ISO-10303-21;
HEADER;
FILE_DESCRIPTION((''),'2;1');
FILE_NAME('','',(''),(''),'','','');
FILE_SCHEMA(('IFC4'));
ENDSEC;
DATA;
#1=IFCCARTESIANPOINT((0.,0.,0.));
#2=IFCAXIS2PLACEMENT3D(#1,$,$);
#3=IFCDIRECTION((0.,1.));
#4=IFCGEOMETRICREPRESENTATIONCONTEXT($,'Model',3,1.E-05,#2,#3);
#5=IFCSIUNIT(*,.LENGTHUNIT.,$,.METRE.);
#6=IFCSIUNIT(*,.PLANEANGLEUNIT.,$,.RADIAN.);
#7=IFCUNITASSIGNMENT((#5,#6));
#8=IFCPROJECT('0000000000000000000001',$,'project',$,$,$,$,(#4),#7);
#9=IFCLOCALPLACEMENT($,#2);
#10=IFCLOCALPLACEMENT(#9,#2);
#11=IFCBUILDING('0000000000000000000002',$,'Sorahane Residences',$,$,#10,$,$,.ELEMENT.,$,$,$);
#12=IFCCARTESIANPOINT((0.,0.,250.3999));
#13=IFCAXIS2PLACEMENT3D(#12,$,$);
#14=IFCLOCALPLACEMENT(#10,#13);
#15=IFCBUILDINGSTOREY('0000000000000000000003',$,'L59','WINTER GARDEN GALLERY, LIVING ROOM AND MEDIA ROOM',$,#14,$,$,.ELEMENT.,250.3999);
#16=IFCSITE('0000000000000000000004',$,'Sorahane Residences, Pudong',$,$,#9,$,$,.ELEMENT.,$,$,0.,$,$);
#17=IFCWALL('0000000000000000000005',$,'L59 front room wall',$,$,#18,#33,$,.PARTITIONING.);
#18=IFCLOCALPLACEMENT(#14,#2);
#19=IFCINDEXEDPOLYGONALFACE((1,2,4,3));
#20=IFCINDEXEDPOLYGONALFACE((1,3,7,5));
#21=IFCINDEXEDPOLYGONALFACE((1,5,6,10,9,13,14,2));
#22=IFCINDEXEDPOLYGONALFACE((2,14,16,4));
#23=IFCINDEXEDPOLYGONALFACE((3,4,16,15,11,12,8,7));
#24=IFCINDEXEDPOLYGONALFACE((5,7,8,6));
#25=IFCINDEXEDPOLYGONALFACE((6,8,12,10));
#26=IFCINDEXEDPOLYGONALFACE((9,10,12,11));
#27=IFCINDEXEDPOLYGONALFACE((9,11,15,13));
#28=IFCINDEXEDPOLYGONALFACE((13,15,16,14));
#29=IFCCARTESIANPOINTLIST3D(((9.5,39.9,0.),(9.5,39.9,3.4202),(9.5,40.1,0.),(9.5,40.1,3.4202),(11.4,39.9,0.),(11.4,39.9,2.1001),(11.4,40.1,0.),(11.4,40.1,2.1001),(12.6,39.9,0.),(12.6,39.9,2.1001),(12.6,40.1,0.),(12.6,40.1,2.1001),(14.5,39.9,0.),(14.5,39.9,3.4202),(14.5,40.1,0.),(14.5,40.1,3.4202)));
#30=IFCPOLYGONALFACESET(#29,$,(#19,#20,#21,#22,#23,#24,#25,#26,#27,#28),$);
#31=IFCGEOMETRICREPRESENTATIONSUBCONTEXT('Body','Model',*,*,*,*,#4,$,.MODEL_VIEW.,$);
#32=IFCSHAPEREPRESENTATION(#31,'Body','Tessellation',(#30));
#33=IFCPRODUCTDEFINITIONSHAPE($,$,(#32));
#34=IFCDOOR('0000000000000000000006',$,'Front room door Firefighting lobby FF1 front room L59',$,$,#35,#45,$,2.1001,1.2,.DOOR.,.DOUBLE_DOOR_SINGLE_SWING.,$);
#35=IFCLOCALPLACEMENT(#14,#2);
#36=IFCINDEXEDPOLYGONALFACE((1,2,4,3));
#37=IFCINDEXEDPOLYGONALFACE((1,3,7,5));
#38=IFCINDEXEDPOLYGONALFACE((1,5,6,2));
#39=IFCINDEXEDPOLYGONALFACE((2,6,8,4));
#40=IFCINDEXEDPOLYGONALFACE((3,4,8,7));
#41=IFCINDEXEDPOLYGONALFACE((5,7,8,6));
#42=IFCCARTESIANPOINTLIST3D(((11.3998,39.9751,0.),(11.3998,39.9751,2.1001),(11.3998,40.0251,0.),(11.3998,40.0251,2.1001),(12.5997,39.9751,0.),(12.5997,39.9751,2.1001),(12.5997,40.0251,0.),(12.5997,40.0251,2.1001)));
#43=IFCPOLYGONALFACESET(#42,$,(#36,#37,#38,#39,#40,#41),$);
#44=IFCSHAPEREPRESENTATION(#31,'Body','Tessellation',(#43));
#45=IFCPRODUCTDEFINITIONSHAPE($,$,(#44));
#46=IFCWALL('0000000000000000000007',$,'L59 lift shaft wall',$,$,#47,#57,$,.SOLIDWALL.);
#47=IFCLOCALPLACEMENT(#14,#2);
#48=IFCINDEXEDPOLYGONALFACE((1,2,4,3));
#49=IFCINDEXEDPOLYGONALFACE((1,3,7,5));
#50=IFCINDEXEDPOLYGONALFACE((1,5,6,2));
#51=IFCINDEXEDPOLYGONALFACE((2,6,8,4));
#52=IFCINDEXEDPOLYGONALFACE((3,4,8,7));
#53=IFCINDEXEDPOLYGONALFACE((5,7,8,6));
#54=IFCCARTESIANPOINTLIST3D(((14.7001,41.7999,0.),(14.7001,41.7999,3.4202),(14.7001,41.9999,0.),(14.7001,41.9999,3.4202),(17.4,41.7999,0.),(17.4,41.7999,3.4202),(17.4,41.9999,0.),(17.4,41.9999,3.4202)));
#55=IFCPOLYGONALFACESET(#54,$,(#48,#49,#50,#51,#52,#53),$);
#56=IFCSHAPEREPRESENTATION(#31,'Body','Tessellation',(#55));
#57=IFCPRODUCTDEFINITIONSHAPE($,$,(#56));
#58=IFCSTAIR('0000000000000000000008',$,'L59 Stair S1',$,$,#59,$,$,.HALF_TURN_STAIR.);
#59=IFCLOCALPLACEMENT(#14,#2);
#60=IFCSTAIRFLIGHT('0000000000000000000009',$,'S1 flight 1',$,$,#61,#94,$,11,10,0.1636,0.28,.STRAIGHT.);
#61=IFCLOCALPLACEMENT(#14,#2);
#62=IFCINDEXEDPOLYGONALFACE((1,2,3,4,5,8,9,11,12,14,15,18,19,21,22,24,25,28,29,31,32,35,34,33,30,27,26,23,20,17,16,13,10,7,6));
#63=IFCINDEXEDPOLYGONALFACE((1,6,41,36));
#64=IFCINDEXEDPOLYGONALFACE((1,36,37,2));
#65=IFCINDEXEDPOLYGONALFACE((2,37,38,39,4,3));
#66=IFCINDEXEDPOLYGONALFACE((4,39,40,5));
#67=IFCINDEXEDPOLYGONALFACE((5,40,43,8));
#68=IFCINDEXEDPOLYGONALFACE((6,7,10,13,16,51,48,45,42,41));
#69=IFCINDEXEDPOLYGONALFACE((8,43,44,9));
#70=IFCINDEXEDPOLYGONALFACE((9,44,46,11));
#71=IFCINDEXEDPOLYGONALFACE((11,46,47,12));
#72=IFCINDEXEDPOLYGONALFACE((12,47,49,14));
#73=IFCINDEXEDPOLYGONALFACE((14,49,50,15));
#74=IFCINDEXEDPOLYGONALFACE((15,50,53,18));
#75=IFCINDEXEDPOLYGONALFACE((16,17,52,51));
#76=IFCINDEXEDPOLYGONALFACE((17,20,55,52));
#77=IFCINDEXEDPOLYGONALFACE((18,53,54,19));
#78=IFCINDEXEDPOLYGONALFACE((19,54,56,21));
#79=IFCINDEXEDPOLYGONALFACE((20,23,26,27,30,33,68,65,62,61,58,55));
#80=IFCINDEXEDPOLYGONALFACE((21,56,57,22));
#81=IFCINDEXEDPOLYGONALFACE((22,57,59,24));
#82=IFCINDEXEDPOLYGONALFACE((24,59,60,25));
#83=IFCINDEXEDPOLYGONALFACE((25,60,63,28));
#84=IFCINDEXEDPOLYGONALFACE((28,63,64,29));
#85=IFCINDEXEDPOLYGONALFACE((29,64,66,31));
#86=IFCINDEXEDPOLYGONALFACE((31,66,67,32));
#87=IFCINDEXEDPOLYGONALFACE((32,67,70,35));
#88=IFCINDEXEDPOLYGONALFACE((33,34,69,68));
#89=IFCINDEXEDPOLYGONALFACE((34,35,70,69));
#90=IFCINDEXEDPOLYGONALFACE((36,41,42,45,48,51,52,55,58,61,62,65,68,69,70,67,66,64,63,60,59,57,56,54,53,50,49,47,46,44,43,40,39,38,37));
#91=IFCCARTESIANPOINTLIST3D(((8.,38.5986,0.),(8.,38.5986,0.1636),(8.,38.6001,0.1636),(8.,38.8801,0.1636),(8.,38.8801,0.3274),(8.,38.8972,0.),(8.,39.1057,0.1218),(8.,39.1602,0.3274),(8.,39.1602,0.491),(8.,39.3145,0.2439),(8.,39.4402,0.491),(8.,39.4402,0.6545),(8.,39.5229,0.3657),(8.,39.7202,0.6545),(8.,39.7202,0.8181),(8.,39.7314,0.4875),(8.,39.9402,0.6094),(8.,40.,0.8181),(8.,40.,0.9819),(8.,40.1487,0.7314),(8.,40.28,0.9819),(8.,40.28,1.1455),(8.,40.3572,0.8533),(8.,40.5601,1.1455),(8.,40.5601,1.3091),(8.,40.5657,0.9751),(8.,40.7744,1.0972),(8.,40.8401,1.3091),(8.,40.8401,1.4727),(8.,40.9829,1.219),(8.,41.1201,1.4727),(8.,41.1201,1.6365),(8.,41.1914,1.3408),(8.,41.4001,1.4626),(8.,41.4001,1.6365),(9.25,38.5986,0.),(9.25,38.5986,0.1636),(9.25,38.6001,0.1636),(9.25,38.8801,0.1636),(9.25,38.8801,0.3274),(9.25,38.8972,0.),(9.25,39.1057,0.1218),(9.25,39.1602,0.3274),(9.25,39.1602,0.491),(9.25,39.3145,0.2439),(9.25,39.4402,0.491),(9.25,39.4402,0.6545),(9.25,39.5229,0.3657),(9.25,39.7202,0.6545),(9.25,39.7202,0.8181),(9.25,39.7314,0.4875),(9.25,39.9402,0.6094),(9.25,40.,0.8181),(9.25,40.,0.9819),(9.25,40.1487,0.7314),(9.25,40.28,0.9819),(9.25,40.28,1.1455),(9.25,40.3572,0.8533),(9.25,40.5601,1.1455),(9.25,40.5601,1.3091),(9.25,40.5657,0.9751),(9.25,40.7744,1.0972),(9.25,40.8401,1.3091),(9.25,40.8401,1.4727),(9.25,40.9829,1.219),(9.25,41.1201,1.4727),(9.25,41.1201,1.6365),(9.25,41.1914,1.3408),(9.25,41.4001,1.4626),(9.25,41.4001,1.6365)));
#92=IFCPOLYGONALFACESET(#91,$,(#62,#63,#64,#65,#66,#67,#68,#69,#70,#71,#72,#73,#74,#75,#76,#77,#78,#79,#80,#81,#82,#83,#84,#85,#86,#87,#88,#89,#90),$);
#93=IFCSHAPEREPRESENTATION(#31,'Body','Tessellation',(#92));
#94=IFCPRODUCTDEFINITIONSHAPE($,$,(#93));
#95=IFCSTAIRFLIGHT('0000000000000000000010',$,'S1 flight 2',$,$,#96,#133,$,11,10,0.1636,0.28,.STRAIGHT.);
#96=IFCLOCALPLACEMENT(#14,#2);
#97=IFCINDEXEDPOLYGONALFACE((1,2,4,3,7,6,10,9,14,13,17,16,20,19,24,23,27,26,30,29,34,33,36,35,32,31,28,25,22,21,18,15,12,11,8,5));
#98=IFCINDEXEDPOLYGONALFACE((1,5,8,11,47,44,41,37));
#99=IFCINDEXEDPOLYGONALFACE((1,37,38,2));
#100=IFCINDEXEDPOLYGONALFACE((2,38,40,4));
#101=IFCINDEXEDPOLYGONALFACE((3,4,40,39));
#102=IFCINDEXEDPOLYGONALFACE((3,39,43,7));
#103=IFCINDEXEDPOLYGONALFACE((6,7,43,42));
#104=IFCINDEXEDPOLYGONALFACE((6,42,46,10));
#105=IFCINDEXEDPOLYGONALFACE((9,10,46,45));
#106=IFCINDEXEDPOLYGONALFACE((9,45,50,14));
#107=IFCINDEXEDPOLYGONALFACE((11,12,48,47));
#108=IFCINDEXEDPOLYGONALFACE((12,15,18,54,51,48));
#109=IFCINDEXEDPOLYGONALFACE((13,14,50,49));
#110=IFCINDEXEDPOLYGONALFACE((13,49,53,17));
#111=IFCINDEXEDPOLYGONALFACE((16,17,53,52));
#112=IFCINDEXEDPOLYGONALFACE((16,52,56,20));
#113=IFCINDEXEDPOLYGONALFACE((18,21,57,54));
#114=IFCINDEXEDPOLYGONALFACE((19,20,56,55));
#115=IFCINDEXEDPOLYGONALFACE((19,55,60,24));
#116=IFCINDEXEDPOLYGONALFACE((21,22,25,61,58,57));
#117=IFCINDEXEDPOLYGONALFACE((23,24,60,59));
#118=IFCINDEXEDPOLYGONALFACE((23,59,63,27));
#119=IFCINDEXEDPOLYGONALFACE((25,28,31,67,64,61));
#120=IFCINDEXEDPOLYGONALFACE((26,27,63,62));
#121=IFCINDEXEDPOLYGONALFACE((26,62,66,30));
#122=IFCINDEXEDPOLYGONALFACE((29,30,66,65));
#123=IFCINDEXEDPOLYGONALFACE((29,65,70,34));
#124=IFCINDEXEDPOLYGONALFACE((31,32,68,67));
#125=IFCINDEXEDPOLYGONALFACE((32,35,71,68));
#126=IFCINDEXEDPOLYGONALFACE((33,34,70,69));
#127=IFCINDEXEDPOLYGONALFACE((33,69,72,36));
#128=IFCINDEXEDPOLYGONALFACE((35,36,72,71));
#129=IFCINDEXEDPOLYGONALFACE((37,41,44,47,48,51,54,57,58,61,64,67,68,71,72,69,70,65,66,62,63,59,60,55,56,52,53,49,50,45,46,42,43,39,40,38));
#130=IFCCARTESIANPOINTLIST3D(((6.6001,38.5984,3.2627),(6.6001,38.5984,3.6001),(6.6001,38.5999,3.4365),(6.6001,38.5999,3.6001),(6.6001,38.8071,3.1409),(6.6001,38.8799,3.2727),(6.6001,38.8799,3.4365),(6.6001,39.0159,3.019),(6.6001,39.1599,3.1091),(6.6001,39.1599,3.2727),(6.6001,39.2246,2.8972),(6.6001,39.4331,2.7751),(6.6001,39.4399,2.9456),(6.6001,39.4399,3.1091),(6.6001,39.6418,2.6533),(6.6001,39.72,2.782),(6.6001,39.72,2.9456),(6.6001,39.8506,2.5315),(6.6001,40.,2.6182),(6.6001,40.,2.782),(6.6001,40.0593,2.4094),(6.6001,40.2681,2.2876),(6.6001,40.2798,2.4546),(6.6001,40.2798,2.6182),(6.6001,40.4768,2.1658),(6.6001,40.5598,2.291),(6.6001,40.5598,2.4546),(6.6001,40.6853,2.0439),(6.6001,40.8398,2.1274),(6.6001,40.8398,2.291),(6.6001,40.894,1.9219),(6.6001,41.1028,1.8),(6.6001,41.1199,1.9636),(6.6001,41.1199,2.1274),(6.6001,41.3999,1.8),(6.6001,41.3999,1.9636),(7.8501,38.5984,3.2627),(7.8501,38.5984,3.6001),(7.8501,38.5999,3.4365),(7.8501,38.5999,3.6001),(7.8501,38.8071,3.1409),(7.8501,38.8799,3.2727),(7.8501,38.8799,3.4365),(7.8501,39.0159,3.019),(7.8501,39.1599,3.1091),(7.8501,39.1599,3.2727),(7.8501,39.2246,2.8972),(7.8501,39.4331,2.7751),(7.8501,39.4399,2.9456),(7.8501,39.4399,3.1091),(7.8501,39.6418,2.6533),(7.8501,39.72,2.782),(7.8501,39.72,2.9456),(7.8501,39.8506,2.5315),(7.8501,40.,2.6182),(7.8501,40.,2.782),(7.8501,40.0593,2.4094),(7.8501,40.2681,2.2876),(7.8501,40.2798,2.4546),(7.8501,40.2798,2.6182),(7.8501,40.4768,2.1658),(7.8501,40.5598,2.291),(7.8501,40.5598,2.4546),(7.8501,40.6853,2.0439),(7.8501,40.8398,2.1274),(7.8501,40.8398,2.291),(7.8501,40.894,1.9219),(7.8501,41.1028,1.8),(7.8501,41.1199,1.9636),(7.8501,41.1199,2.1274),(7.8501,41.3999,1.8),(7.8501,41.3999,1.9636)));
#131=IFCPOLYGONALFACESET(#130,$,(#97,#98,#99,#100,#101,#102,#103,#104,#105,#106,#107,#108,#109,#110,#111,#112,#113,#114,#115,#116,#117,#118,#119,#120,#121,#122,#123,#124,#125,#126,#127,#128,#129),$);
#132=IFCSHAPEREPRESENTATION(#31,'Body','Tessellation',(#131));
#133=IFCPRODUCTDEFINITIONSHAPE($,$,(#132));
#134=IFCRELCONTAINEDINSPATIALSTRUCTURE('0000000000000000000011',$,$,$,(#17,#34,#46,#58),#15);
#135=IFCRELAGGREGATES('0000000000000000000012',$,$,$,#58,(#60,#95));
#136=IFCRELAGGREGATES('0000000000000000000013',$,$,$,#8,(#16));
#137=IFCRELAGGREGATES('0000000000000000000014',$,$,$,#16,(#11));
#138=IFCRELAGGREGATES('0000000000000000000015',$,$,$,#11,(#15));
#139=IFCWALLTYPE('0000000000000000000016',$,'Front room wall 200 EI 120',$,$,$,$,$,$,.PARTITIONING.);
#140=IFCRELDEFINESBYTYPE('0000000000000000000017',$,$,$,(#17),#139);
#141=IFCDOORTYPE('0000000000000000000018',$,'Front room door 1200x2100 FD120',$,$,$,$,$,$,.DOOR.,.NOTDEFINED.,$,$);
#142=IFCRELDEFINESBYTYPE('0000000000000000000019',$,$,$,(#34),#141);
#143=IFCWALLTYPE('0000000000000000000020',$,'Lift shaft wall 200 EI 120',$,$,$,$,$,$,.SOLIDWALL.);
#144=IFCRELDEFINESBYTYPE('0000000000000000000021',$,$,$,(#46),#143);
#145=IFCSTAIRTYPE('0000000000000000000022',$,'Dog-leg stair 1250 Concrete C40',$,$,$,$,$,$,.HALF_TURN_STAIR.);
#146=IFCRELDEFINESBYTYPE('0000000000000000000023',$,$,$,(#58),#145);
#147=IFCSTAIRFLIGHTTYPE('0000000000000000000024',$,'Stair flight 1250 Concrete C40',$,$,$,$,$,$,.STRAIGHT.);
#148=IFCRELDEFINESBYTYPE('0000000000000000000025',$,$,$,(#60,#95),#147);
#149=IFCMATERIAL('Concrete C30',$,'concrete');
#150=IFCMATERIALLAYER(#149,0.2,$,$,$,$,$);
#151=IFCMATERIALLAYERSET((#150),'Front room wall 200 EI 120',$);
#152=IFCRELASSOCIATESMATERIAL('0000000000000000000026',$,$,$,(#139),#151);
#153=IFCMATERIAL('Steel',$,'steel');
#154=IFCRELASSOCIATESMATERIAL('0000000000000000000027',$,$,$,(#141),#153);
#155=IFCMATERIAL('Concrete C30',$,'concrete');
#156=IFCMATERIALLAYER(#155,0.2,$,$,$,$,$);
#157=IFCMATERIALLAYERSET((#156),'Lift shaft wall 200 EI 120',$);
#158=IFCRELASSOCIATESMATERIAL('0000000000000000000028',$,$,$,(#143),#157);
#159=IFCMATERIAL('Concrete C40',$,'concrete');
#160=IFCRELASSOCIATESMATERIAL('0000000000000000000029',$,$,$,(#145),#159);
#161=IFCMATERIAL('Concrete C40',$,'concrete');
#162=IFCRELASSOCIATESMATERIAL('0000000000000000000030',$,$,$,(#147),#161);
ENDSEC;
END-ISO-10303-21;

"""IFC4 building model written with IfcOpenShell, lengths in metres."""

from ifc_helpers import new_model, si_unit, direction, frame, frame_2d, origin, place, context, subcontext, project, spatial, polyline, rectangle, outline, extrude, material, layer, layer_set, type_object, element, fill, aggregate, save


model = new_model("IFC4")

# Units and contexts
model_context = context("Model", 3, precision=1e-05, world=origin(), true_north=direction((0.0, 1.0)))
body_context = subcontext(model_context, "Body", "Model", "MODEL_VIEW")
ifc_project = project(units=[si_unit("LENGTHUNIT", "METRE"), si_unit("PLANEANGLEUNIT", "RADIAN")], contexts=[model_context])

# Site, building, storey
site_placement = place(None, origin())
site = spatial("IfcSite", under=ifc_project, at=site_placement, Name="Sorahane Residences, Pudong", CompositionType="ELEMENT", RefElevation=0.0)
building_placement = place(site_placement, origin())
building = spatial("IfcBuilding", under=site, at=building_placement, Name="Sorahane Residences", CompositionType="ELEMENT")
storey_placement = place(building_placement, frame((0.0, 0.0, 250.3999)))
storey = spatial("IfcBuildingStorey", under=building, at=storey_placement, Name="L59", Description="WINTER GARDEN GALLERY, LIVING ROOM AND MEDIA ROOM", CompositionType="ELEMENT", Elevation=250.3999)

# Wall, opening, door
ifc_material_1 = material(Name="Concrete C30", Category="concrete")
ifc_layer_1 = layer(ifc_material_1, 0.2)
ifc_layer_set_1 = layer_set([ifc_layer_1], Name="Front room wall 200 EI 120")
wall_type_1 = type_object("IfcWallType", Name="Front room wall 200 EI 120", PredefinedType="PARTITIONING", material=ifc_layer_set_1)
wall_1_placement = place(storey_placement, frame((9.5, 40.0, 0.0), z_axis=(0.0, 0.0, 1.0), x_axis=(1.0, 0.0, 0.0)))
wall_1 = element("IfcWall", 1, at=wall_1_placement, inside=storey, type_object=wall_type_1, Name="L59 front room wall", PredefinedType="PARTITIONING", context=body_context, shape_type="SweptSolid", body=[
    extrude(rectangle(XDim=5.0, YDim=0.2, at=frame_2d((2.5, 0.0))), origin(), (0.0, 0.0, 1.0), 3.4202),
])
opening_placement = place(wall_1_placement, frame((1.8999, 0.0, 0.0)))
opening = element("IfcOpeningElement", 2, at=opening_placement, cuts=wall_1, PredefinedType="OPENING", context=body_context, shape_type="SweptSolid", body=[
    extrude(rectangle(XDim=1.2, YDim=2.1001, at=frame_2d((0.6001, 1.05))), frame((0.0, 0.1099, 0.0), z_axis=(0.0, -1.0, 0.0), x_axis=(1.0, 0.0, 0.0)), (0.0, 0.0, 1.0), 0.22),
])
ifc_material_2 = material(Name="Steel", Category="steel")
door_type = type_object("IfcDoorType", Name="Front room door 1200x2100 FD120", OperationType="NOTDEFINED", PredefinedType="DOOR", material=ifc_material_2)
door_placement = place(opening_placement, frame((1.2, 0.0, 0.0), z_axis=(0.0, 0.0, 1.0), x_axis=(-1.0, 0.0, 0.0)))
door = element("IfcDoor", 3, at=door_placement, inside=storey, type_object=door_type, Name="Front room door Firefighting lobby FF1 front room L59", OperationType="DOUBLE_DOOR_SINGLE_SWING", OverallHeight=2.1001, OverallWidth=1.2, PredefinedType="DOOR", context=body_context, shape_type="SweptSolid", body=[
    extrude(rectangle(XDim=1.2, YDim=2.1001, at=frame_2d((0.6001, 1.05))), frame((0.0, 0.0249, 0.0), z_axis=(0.0, -1.0, 0.0), x_axis=(1.0, 0.0, 0.0)), (0.0, 0.0, 1.0), 0.05),
])
fill(opening, door)

# Wall
ifc_material_3 = material(Name="Concrete C30", Category="concrete")
ifc_layer_2 = layer(ifc_material_3, 0.2)
ifc_layer_set_2 = layer_set([ifc_layer_2], Name="Lift shaft wall 200 EI 120")
wall_type_2 = type_object("IfcWallType", Name="Lift shaft wall 200 EI 120", PredefinedType="SOLIDWALL", material=ifc_layer_set_2)
wall_2_placement = place(storey_placement, frame((14.7, 41.8999, 0.0), z_axis=(0.0, 0.0, 1.0), x_axis=(1.0, 0.0, 0.0)))
element("IfcWall", 4, at=wall_2_placement, inside=storey, type_object=wall_type_2, Name="L59 lift shaft wall", PredefinedType="SOLIDWALL", context=body_context, shape_type="SweptSolid", body=[
    extrude(rectangle(XDim=2.7, YDim=0.2, at=frame_2d((1.3501, 0.0))), origin(), (0.0, 0.0, 1.0), 3.4202),
])

# Stair, stair flights
ifc_material_4 = material(Name="Concrete C40", Category="concrete")
stair_type = type_object("IfcStairType", Name="Dog-leg stair 1250 Concrete C40", PredefinedType="HALF_TURN_STAIR", material=ifc_material_4)
stair_placement = place(storey_placement, origin())
stair = element("IfcStair", 5, at=stair_placement, inside=storey, type_object=stair_type, Name="L59 Stair S1", PredefinedType="HALF_TURN_STAIR")
ifc_material_5 = material(Name="Concrete C40", Category="concrete")
stair_flight_type = type_object("IfcStairFlightType", Name="Stair flight 1250 Concrete C40", PredefinedType="STRAIGHT", material=ifc_material_5)
stair_flight_1_placement = place(storey_placement, frame((8.625, 38.6001, 0.0), z_axis=(0.0, 0.0, 1.0), x_axis=(0.0, 1.0, 0.0)))
stair_flight_1 = element("IfcStairFlight", 6, at=stair_flight_1_placement, type_object=stair_flight_type, Name="S1 flight 1", NumberOfRisers=11, NumberOfTreads=10, PredefinedType="STRAIGHT", RiserHeight=0.1636, TreadLength=0.28, context=body_context, shape_type="SweptSolid", body=[
    extrude(outline(polyline([(-0.0015, 0.0), (-0.0015, 0.1636), (0.0, 0.1636), (0.28, 0.1636), (0.28, 0.3274), (0.5601, 0.3274), (0.5601, 0.491), (0.8401, 0.491), (0.8401, 0.6545), (1.1201, 0.6545), (1.1201, 0.8181), (1.3999, 0.8181), (1.3999, 0.9819), (1.6799, 0.9819), (1.6799, 1.1455), (1.96, 1.1455), (1.96, 1.3091), (2.24, 1.3091), (2.24, 1.4727), (2.52, 1.4727), (2.52, 1.6365), (2.8, 1.6365), (2.8, 1.8), (2.8, 1.4626), (2.5913, 1.3408), (2.3828, 1.219), (2.1743, 1.0972), (1.9656, 0.9751), (1.7571, 0.8533), (1.5486, 0.7314), (1.3401, 0.6094), (1.1313, 0.4875), (0.9229, 0.3657), (0.7144, 0.2439), (0.5056, 0.1218), (0.2971, 0.0), (-0.0015, 0.0)])), frame((0.0, 0.625, 0.0), z_axis=(0.0, -1.0, 0.0), x_axis=(1.0, 0.0, 0.0)), (0.0, 0.0, 1.0), 1.25),
])
stair_flight_2_placement = place(storey_placement, frame((7.2251, 41.3999, 1.8), z_axis=(0.0, 0.0, 1.0), x_axis=(0.0, -1.0, 0.0)))
stair_flight_2 = element("IfcStairFlight", 7, at=stair_flight_2_placement, type_object=stair_flight_type, Name="S1 flight 2", NumberOfRisers=11, NumberOfTreads=10, PredefinedType="STRAIGHT", RiserHeight=0.1636, TreadLength=0.28, context=body_context, shape_type="SweptSolid", body=[
    extrude(outline(polyline([(0.0, 0.0), (0.0, 0.1636), (0.28, 0.1636), (0.28, 0.3274), (0.5601, 0.3274), (0.5601, 0.491), (0.8401, 0.491), (0.8401, 0.6545), (1.1201, 0.6545), (1.1201, 0.8181), (1.3999, 0.8181), (1.3999, 0.9819), (1.6799, 0.9819), (1.6799, 1.1455), (1.96, 1.1455), (1.96, 1.3091), (2.24, 1.3091), (2.24, 1.4727), (2.52, 1.4727), (2.52, 1.6365), (2.8, 1.6365), (2.8, 1.8), (2.8015, 1.8), (2.8015, 1.4626), (2.5928, 1.3408), (2.384, 1.219), (2.1753, 1.0972), (1.9668, 0.9751), (1.7581, 0.8533), (1.5493, 0.7314), (1.3406, 0.6094), (1.1318, 0.4875), (0.9231, 0.3657), (0.7146, 0.2439), (0.5059, 0.1218), (0.2971, 0.0), (0.0, 0.0)])), frame((0.0, 0.625, 0.0), z_axis=(0.0, -1.0, 0.0), x_axis=(1.0, 0.0, 0.0)), (0.0, 0.0, 1.0), 1.25),
])
aggregate(stair, [stair_flight_1, stair_flight_2])

save(model, "model.ifc")
